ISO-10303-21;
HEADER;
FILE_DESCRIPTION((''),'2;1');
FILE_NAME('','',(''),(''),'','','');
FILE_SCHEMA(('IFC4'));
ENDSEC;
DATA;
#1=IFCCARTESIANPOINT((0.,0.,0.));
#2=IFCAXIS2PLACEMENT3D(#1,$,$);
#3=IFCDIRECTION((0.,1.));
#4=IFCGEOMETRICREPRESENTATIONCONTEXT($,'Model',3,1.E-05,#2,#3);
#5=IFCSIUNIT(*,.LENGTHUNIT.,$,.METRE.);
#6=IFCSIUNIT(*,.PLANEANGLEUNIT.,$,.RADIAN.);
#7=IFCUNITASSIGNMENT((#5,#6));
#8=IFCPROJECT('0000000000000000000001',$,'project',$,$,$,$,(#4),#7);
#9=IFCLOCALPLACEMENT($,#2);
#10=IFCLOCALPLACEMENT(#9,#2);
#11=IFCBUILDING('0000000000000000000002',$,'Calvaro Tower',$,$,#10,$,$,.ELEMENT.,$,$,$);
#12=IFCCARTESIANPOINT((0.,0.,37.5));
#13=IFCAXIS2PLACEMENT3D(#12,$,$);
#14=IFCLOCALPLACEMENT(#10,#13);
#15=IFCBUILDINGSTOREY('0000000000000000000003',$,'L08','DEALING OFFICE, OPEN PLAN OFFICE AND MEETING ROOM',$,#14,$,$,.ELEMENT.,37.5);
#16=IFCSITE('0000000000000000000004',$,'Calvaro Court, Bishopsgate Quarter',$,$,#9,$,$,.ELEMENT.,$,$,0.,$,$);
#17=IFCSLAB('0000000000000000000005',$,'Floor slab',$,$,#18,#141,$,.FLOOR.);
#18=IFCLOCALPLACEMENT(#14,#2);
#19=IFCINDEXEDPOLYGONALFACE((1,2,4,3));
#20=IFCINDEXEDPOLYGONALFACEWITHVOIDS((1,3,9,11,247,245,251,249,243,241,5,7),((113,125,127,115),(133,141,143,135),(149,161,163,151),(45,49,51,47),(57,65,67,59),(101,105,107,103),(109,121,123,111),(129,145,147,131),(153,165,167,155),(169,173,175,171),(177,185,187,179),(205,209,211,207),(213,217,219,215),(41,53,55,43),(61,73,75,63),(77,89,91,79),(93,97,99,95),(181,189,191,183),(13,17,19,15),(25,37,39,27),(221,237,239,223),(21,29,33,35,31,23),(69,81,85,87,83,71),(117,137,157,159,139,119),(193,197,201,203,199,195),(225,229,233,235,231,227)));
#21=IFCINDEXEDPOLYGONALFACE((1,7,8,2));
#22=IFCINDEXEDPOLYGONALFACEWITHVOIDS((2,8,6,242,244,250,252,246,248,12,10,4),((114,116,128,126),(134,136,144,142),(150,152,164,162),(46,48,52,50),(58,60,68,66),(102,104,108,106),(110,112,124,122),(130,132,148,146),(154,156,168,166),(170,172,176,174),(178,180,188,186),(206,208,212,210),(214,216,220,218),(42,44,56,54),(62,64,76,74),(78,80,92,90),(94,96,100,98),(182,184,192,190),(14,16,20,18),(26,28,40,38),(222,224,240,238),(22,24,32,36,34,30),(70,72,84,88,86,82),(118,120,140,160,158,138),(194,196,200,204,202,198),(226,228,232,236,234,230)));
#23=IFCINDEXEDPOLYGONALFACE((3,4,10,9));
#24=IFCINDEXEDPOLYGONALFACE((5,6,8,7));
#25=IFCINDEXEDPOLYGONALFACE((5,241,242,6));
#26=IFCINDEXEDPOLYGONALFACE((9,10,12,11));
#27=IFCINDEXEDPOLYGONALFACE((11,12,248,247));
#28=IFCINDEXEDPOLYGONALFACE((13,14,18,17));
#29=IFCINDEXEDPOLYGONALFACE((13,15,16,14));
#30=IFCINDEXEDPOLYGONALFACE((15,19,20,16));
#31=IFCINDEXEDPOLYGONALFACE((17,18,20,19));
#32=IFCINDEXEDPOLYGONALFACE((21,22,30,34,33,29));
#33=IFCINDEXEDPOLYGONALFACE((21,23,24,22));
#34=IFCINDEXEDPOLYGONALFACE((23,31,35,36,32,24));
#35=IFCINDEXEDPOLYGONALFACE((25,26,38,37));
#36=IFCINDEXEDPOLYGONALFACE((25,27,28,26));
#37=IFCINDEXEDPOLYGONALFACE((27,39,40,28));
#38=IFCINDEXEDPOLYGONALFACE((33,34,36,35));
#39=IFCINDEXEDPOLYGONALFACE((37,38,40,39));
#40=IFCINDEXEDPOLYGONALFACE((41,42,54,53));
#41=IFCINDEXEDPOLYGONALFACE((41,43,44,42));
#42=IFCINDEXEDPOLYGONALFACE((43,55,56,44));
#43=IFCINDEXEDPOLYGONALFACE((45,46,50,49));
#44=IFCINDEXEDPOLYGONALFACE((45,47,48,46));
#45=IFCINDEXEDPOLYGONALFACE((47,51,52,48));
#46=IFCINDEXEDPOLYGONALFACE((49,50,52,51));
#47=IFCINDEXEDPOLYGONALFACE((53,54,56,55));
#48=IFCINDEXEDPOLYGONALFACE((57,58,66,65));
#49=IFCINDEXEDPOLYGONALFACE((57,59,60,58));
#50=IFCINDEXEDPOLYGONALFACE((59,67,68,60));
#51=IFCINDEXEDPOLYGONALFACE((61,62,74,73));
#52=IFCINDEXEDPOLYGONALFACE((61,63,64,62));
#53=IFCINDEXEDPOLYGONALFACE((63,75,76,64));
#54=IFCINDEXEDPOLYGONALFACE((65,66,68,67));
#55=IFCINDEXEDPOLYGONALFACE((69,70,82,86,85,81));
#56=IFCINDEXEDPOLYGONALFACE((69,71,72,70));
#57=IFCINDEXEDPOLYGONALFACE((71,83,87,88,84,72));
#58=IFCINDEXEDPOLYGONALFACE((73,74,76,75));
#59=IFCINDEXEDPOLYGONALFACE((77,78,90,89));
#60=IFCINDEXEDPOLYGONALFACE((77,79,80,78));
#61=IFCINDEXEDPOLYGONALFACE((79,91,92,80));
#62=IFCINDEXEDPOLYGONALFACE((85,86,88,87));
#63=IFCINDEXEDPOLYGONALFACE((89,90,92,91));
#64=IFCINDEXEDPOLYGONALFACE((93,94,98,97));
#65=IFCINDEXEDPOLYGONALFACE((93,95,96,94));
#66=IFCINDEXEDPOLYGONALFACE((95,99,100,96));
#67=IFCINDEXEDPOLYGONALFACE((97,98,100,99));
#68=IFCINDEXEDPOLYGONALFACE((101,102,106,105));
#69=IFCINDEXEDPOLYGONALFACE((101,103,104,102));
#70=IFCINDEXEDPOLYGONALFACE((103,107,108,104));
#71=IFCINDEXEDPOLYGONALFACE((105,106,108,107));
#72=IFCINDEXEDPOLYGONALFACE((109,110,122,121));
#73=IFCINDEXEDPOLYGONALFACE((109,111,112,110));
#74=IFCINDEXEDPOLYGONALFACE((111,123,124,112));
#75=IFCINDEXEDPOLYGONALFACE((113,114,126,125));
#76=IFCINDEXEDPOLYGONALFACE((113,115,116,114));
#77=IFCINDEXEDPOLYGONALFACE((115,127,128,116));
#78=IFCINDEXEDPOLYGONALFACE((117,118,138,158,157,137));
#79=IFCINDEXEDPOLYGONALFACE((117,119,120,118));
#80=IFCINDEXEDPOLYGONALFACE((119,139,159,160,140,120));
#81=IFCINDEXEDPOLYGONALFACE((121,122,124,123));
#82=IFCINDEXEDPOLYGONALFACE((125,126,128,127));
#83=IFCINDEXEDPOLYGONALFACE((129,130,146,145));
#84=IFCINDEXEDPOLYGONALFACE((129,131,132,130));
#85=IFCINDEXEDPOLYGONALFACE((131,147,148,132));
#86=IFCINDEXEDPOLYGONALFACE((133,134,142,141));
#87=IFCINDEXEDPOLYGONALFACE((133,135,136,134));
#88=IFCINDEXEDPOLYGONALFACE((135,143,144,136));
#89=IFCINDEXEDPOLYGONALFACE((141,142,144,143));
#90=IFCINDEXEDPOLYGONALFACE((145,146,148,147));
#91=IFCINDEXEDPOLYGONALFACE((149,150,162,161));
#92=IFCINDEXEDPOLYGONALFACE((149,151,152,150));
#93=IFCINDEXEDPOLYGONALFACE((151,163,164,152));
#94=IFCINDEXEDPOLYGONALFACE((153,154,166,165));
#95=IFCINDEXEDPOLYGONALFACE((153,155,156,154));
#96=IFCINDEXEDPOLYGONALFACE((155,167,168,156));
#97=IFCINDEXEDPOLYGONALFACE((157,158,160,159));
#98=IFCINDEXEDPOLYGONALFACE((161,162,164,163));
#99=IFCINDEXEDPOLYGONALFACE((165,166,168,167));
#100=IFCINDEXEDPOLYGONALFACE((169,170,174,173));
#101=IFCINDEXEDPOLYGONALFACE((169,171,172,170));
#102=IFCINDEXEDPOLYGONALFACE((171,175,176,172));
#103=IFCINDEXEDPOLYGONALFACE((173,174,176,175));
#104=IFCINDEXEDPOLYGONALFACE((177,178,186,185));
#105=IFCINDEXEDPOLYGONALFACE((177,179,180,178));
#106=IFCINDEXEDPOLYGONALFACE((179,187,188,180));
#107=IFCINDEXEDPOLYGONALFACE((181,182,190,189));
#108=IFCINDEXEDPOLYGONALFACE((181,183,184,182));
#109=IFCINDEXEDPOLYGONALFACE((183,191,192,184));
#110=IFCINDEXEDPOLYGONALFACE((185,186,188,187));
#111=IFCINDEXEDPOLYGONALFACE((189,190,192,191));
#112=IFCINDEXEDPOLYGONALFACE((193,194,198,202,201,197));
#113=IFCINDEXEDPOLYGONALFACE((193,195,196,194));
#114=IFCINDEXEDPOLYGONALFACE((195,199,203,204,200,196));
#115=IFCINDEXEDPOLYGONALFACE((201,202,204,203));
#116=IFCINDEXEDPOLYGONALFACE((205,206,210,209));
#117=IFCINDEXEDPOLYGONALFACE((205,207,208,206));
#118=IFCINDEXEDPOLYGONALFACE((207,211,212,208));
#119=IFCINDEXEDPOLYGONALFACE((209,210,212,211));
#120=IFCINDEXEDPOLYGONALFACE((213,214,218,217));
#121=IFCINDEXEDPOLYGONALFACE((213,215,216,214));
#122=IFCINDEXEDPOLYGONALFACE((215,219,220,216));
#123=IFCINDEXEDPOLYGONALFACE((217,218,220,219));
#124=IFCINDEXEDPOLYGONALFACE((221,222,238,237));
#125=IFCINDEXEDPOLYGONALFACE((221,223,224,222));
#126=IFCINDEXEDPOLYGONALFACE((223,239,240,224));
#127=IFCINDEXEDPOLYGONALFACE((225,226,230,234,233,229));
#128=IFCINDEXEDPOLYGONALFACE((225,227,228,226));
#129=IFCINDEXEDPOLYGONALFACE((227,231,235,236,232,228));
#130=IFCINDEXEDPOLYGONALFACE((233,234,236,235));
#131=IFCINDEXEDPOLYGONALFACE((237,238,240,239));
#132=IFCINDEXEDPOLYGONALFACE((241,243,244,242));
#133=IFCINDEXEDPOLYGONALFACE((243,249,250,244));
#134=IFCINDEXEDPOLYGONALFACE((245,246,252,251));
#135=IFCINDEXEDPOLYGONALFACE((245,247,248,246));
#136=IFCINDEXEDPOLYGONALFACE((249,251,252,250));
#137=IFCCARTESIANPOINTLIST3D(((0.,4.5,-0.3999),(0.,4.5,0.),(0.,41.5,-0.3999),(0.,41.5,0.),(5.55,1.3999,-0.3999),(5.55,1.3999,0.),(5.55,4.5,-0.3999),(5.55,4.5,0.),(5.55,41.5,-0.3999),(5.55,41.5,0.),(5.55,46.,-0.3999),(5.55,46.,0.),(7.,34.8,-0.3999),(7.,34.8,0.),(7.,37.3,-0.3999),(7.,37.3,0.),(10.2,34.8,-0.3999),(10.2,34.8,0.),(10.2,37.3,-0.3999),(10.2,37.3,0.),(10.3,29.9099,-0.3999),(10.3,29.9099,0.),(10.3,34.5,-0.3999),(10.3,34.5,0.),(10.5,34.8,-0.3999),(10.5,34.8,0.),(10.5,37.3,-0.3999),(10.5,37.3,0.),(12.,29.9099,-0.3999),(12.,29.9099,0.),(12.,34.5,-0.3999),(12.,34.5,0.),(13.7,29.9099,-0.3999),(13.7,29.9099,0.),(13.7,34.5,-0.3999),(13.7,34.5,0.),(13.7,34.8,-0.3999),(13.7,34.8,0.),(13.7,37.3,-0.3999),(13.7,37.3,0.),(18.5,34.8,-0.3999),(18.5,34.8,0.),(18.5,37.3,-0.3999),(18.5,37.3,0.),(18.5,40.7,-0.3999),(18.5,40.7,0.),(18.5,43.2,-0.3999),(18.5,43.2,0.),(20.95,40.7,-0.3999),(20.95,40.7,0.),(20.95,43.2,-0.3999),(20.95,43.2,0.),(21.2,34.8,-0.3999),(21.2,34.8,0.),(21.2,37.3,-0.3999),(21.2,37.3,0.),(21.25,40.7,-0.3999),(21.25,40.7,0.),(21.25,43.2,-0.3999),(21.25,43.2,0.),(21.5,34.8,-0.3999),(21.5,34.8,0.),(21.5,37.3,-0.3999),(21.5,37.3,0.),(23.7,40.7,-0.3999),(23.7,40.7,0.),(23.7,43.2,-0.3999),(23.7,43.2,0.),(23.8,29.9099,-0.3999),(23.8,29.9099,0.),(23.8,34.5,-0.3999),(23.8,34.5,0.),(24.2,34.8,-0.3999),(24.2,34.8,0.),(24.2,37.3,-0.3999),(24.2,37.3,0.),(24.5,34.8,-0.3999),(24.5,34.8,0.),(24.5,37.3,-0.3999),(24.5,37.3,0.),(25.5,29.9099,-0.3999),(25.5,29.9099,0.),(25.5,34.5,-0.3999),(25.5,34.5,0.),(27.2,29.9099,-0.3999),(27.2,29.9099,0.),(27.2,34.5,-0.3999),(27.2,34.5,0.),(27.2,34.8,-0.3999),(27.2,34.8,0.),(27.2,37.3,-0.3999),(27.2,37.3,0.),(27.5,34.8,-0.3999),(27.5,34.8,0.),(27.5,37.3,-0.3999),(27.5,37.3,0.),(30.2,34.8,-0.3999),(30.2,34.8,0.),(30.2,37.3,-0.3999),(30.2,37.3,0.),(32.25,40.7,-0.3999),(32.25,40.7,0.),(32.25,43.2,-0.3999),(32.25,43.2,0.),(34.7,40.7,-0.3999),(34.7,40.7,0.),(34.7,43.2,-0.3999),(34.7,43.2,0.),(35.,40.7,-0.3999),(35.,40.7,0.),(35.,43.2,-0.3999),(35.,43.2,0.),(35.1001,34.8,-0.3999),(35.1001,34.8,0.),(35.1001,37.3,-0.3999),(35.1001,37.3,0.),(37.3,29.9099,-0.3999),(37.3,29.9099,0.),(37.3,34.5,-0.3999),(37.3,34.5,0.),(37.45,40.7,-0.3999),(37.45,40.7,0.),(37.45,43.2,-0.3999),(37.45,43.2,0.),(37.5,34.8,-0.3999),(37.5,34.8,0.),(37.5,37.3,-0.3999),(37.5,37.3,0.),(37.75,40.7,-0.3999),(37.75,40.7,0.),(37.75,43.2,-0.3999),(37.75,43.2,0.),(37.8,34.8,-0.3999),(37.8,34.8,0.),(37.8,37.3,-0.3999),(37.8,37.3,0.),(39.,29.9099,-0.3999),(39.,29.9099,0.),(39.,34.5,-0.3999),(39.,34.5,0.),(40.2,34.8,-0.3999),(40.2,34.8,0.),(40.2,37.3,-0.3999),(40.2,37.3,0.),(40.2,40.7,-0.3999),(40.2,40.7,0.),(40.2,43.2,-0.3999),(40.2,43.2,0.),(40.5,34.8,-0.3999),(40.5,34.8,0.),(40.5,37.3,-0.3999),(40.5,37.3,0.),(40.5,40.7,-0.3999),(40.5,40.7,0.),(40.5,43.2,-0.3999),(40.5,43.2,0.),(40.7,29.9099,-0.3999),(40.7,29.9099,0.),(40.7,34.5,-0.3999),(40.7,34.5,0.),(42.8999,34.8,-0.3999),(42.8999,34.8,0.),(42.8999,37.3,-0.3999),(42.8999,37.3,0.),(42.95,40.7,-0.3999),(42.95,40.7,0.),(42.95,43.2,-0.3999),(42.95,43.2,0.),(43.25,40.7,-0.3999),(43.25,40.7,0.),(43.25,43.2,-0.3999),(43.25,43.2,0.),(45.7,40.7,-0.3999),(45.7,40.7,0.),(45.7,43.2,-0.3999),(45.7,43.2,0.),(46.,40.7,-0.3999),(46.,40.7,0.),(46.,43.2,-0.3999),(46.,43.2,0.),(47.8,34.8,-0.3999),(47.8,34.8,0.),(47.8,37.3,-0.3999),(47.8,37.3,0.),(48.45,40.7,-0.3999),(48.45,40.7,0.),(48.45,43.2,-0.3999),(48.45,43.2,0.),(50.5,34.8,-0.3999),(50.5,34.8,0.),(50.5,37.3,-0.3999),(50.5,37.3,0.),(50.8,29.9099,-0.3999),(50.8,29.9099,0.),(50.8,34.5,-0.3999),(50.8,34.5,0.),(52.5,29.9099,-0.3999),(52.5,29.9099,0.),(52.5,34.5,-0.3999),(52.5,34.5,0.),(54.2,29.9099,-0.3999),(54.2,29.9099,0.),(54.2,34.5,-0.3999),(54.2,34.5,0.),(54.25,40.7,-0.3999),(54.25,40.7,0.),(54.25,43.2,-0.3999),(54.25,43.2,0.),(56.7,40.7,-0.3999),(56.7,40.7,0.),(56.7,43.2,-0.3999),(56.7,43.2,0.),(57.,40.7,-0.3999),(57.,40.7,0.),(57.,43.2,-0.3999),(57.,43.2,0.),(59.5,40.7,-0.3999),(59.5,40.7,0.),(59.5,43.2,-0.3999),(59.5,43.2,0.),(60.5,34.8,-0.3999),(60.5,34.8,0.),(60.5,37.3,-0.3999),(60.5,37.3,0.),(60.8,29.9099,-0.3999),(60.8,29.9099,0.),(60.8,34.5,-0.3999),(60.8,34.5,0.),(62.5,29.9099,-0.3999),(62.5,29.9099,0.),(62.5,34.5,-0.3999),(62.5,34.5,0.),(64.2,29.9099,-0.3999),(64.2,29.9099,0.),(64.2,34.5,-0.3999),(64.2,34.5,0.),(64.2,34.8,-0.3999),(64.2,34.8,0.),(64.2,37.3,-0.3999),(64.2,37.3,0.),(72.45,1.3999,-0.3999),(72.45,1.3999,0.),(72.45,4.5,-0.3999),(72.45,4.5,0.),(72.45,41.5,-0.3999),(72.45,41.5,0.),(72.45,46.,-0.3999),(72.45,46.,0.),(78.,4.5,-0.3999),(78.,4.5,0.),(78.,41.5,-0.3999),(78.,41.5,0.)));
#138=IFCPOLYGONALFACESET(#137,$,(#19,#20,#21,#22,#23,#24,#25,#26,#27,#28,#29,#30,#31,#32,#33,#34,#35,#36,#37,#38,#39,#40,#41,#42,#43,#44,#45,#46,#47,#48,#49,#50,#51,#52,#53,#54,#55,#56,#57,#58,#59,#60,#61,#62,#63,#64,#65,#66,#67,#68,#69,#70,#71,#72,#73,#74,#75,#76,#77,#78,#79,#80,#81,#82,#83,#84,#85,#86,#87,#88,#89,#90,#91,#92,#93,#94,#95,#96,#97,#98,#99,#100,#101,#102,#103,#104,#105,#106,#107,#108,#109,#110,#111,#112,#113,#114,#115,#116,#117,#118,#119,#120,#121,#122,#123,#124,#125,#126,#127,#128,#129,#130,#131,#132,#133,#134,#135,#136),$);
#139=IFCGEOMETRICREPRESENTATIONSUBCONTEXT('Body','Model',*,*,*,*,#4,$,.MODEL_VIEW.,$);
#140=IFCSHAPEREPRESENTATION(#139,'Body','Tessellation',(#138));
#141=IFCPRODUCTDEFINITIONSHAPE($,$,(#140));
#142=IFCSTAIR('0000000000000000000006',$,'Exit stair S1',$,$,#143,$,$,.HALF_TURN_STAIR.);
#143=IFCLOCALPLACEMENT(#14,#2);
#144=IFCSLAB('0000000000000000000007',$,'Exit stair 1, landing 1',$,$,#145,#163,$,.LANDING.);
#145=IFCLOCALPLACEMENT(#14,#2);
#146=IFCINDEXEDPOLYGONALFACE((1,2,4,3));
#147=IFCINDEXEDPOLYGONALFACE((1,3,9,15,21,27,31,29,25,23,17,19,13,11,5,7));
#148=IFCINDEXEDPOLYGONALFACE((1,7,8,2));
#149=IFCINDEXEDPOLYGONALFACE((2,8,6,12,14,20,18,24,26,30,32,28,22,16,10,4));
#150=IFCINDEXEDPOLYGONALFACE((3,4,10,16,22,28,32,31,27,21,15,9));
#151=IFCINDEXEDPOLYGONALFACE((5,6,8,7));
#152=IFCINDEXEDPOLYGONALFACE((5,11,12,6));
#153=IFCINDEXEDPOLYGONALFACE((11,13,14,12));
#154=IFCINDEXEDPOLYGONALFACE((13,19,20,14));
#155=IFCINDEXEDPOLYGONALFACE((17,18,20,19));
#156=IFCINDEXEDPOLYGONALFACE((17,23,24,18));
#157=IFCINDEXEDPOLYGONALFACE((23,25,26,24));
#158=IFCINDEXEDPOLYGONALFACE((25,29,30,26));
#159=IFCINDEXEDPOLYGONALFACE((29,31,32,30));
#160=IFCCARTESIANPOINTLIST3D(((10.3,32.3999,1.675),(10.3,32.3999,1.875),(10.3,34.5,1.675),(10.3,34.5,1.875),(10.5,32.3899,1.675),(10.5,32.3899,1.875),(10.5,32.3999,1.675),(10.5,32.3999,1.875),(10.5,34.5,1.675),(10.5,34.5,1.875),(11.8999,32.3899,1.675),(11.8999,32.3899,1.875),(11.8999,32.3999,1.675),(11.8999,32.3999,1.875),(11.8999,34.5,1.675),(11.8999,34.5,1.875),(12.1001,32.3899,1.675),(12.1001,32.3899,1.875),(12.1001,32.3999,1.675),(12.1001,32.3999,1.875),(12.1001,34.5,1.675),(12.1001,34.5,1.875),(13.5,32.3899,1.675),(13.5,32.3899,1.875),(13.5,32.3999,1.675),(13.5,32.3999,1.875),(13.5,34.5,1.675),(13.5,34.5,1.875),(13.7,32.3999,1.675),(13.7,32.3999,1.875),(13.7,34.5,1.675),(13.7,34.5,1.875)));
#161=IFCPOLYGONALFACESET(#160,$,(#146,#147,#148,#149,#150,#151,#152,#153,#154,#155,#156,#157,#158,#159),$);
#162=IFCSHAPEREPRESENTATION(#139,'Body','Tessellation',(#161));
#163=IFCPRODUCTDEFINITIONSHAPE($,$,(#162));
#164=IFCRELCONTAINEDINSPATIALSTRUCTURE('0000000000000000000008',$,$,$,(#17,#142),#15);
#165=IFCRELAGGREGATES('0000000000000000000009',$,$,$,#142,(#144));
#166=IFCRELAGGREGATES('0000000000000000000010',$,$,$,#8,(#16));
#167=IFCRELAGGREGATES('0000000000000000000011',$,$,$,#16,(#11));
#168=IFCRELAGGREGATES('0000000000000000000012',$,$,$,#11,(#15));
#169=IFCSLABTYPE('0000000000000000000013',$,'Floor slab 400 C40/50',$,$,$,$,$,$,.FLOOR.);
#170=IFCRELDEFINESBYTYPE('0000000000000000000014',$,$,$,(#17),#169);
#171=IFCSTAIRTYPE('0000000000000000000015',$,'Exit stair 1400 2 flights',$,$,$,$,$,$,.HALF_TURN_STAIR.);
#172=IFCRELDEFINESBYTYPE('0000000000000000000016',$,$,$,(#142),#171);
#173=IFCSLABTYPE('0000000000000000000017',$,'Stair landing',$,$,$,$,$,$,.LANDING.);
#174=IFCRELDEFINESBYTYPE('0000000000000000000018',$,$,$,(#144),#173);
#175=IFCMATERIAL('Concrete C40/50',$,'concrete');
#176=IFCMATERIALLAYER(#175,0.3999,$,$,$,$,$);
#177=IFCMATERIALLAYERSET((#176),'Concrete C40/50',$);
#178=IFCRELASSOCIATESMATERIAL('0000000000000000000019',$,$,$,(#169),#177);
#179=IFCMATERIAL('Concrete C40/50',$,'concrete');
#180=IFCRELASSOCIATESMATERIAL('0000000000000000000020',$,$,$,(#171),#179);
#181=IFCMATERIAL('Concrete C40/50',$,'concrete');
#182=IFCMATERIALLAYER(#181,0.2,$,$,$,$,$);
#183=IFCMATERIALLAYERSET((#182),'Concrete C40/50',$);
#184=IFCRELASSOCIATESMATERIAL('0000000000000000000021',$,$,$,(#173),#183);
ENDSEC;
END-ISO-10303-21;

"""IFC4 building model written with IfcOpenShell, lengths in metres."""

from ifc_helpers import new_model, si_unit, direction, frame, origin, place, context, subcontext, project, spatial, polyline, outline, extrude, material, layer, layer_set, type_object, element, aggregate, save


model = new_model("IFC4")

# Units and contexts
model_context = context("Model", 3, precision=1e-05, world=origin(), true_north=direction((0.0, 1.0)))
body_context = subcontext(model_context, "Body", "Model", "MODEL_VIEW")
ifc_project = project(units=[si_unit("LENGTHUNIT", "METRE"), si_unit("PLANEANGLEUNIT", "RADIAN")], contexts=[model_context])

# Site, building, storey
site_placement = place(None, origin())
site = spatial("IfcSite", under=ifc_project, at=site_placement, Name="Calvaro Court, Bishopsgate Quarter", CompositionType="ELEMENT", RefElevation=0.0)
building_placement = place(site_placement, origin())
building = spatial("IfcBuilding", under=site, at=building_placement, Name="Calvaro Tower", CompositionType="ELEMENT")
storey_placement = place(building_placement, frame((0.0, 0.0, 37.5)))
storey = spatial("IfcBuildingStorey", under=building, at=storey_placement, Name="L08", Description="DEALING OFFICE, OPEN PLAN OFFICE AND MEETING ROOM", CompositionType="ELEMENT", Elevation=37.5)

# Slab
ifc_material_1 = material(Name="Concrete C40/50", Category="concrete")
ifc_layer_1 = layer(ifc_material_1, 0.3999)
ifc_layer_set_1 = layer_set([ifc_layer_1], Name="Concrete C40/50")
slab_type_1 = type_object("IfcSlabType", Name="Floor slab 400 C40/50", PredefinedType="FLOOR", material=ifc_layer_set_1)
slab_1_placement = place(storey_placement, frame((0.0, 0.0, -0.3999)))
element("IfcSlab", 1, at=slab_1_placement, inside=storey, type_object=slab_type_1, Name="Floor slab", PredefinedType="FLOOR", context=body_context, shape_type="SweptSolid", body=[
    extrude(outline(polyline([(72.45, 4.5), (72.45, 1.3999), (5.55, 1.3999), (5.55, 4.5), (0.0, 4.5), (0.0, 41.5), (5.55, 41.5), (5.55, 46.0), (72.45, 46.0), (72.45, 41.5), (78.0, 41.5), (78.0, 4.5), (72.45, 4.5)]), holes=[polyline([(10.3, 29.9099), (10.3, 34.5), (12.0, 34.5), (13.7, 34.5), (13.7, 29.9099), (12.0, 29.9099), (10.3, 29.9099)]), polyline([(23.8, 29.9099), (23.8, 34.5), (25.5, 34.5), (27.2, 34.5), (27.2, 29.9099), (25.5, 29.9099), (23.8, 29.9099)]), polyline([(37.3, 29.9099), (37.3, 34.5), (39.0, 34.5), (40.7, 34.5), (40.7, 29.9099), (39.0, 29.9099), (37.3, 29.9099)]), polyline([(50.8, 29.9099), (50.8, 34.5), (52.5, 34.5), (54.2, 34.5), (54.2, 29.9099), (52.5, 29.9099), (50.8, 29.9099)]), polyline([(60.8, 29.9099), (60.8, 34.5), (62.5, 34.5), (64.2, 34.5), (64.2, 29.9099), (62.5, 29.9099), (60.8, 29.9099)]), polyline([(18.5, 34.8), (21.2, 34.8), (21.2, 37.3), (18.5, 37.3), (18.5, 34.8)]), polyline([(21.5, 34.8), (24.2, 34.8), (24.2, 37.3), (21.5, 37.3), (21.5, 34.8)]), polyline([(24.5, 34.8), (27.2, 34.8), (27.2, 37.3), (24.5, 37.3), (24.5, 34.8)]), polyline([(35.1001, 34.8), (37.5, 34.8), (37.5, 37.3), (35.1001, 37.3), (35.1001, 34.8)]), polyline([(37.8, 34.8), (40.2, 34.8), (40.2, 37.3), (37.8, 37.3), (37.8, 34.8)]), polyline([(40.5, 34.8), (42.8999, 34.8), (42.8999, 37.3), (40.5, 37.3), (40.5, 34.8)]), polyline([(18.5, 40.7), (20.95, 40.7), (20.95, 43.2), (18.5, 43.2), (18.5, 40.7)]), polyline([(21.25, 40.7), (23.7, 40.7), (23.7, 43.2), (21.25, 43.2), (21.25, 40.7)]), polyline([(32.25, 40.7), (34.7, 40.7), (34.7, 43.2), (32.25, 43.2), (32.25, 40.7)]), polyline([(35.0, 40.7), (37.45, 40.7), (37.45, 43.2), (35.0, 43.2), (35.0, 40.7)]), polyline([(37.75, 40.7), (40.2, 40.7), (40.2, 43.2), (37.75, 43.2), (37.75, 40.7)]), polyline([(40.5, 40.7), (42.95, 40.7), (42.95, 43.2), (40.5, 43.2), (40.5, 40.7)]), polyline([(43.25, 40.7), (45.7, 40.7), (45.7, 43.2), (43.25, 43.2), (43.25, 40.7)]), polyline([(46.0, 40.7), (48.45, 40.7), (48.45, 43.2), (46.0, 43.2), (46.0, 40.7)]), polyline([(54.25, 40.7), (56.7, 40.7), (56.7, 43.2), (54.25, 43.2), (54.25, 40.7)]), polyline([(57.0, 40.7), (59.5, 40.7), (59.5, 43.2), (57.0, 43.2), (57.0, 40.7)]), polyline([(7.0, 34.8), (10.2, 34.8), (10.2, 37.3), (7.0, 37.3), (7.0, 34.8)]), polyline([(10.5, 34.8), (13.7, 34.8), (13.7, 37.3), (10.5, 37.3), (10.5, 34.8)]), polyline([(60.5, 34.8), (64.2, 34.8), (64.2, 37.3), (60.5, 37.3), (60.5, 34.8)]), polyline([(27.5, 34.8), (30.2, 34.8), (30.2, 37.3), (27.5, 37.3), (27.5, 34.8)]), polyline([(47.8, 34.8), (50.5, 34.8), (50.5, 37.3), (47.8, 37.3), (47.8, 34.8)])]), origin(), (0.0, 0.0, 1.0), 0.3999),
])

# Stair, slab
ifc_material_2 = material(Name="Concrete C40/50", Category="concrete")
stair_type = type_object("IfcStairType", Name="Exit stair 1400 2 flights", PredefinedType="HALF_TURN_STAIR", material=ifc_material_2)
stair_1_placement = place(storey_placement, origin())
stair_1 = element("IfcStair", 2, at=stair_1_placement, inside=storey, type_object=stair_type, Name="Exit stair S1", PredefinedType="HALF_TURN_STAIR")
ifc_material_3 = material(Name="Concrete C40/50", Category="concrete")
ifc_layer_2 = layer(ifc_material_3, 0.2)
ifc_layer_set_2 = layer_set([ifc_layer_2], Name="Concrete C40/50")
slab_type_2 = type_object("IfcSlabType", Name="Stair landing", PredefinedType="LANDING", material=ifc_layer_set_2)
slab_2_placement = place(storey_placement, frame((0.0, 0.0, 1.675)))
slab_2 = element("IfcSlab", 3, at=slab_2_placement, type_object=slab_type_2, Name="Exit stair 1, landing 1", PredefinedType="LANDING", context=body_context, shape_type="SweptSolid", body=[
    extrude(outline(polyline([(11.8999, 32.3899), (10.5, 32.3899), (10.5, 32.3999), (10.3, 32.3999), (10.3, 34.5), (10.5, 34.5), (11.8999, 34.5), (12.1001, 34.5), (13.5, 34.5), (13.7, 34.5), (13.7, 32.3999), (13.5, 32.3999), (13.5, 32.3899), (12.1001, 32.3899), (12.1001, 32.3999), (11.8999, 32.3999), (11.8999, 32.3899)])), origin(), (0.0, 0.0, 1.0), 0.2),
])
aggregate(stair_1, [slab_2])

save(model, "model.ifc")
